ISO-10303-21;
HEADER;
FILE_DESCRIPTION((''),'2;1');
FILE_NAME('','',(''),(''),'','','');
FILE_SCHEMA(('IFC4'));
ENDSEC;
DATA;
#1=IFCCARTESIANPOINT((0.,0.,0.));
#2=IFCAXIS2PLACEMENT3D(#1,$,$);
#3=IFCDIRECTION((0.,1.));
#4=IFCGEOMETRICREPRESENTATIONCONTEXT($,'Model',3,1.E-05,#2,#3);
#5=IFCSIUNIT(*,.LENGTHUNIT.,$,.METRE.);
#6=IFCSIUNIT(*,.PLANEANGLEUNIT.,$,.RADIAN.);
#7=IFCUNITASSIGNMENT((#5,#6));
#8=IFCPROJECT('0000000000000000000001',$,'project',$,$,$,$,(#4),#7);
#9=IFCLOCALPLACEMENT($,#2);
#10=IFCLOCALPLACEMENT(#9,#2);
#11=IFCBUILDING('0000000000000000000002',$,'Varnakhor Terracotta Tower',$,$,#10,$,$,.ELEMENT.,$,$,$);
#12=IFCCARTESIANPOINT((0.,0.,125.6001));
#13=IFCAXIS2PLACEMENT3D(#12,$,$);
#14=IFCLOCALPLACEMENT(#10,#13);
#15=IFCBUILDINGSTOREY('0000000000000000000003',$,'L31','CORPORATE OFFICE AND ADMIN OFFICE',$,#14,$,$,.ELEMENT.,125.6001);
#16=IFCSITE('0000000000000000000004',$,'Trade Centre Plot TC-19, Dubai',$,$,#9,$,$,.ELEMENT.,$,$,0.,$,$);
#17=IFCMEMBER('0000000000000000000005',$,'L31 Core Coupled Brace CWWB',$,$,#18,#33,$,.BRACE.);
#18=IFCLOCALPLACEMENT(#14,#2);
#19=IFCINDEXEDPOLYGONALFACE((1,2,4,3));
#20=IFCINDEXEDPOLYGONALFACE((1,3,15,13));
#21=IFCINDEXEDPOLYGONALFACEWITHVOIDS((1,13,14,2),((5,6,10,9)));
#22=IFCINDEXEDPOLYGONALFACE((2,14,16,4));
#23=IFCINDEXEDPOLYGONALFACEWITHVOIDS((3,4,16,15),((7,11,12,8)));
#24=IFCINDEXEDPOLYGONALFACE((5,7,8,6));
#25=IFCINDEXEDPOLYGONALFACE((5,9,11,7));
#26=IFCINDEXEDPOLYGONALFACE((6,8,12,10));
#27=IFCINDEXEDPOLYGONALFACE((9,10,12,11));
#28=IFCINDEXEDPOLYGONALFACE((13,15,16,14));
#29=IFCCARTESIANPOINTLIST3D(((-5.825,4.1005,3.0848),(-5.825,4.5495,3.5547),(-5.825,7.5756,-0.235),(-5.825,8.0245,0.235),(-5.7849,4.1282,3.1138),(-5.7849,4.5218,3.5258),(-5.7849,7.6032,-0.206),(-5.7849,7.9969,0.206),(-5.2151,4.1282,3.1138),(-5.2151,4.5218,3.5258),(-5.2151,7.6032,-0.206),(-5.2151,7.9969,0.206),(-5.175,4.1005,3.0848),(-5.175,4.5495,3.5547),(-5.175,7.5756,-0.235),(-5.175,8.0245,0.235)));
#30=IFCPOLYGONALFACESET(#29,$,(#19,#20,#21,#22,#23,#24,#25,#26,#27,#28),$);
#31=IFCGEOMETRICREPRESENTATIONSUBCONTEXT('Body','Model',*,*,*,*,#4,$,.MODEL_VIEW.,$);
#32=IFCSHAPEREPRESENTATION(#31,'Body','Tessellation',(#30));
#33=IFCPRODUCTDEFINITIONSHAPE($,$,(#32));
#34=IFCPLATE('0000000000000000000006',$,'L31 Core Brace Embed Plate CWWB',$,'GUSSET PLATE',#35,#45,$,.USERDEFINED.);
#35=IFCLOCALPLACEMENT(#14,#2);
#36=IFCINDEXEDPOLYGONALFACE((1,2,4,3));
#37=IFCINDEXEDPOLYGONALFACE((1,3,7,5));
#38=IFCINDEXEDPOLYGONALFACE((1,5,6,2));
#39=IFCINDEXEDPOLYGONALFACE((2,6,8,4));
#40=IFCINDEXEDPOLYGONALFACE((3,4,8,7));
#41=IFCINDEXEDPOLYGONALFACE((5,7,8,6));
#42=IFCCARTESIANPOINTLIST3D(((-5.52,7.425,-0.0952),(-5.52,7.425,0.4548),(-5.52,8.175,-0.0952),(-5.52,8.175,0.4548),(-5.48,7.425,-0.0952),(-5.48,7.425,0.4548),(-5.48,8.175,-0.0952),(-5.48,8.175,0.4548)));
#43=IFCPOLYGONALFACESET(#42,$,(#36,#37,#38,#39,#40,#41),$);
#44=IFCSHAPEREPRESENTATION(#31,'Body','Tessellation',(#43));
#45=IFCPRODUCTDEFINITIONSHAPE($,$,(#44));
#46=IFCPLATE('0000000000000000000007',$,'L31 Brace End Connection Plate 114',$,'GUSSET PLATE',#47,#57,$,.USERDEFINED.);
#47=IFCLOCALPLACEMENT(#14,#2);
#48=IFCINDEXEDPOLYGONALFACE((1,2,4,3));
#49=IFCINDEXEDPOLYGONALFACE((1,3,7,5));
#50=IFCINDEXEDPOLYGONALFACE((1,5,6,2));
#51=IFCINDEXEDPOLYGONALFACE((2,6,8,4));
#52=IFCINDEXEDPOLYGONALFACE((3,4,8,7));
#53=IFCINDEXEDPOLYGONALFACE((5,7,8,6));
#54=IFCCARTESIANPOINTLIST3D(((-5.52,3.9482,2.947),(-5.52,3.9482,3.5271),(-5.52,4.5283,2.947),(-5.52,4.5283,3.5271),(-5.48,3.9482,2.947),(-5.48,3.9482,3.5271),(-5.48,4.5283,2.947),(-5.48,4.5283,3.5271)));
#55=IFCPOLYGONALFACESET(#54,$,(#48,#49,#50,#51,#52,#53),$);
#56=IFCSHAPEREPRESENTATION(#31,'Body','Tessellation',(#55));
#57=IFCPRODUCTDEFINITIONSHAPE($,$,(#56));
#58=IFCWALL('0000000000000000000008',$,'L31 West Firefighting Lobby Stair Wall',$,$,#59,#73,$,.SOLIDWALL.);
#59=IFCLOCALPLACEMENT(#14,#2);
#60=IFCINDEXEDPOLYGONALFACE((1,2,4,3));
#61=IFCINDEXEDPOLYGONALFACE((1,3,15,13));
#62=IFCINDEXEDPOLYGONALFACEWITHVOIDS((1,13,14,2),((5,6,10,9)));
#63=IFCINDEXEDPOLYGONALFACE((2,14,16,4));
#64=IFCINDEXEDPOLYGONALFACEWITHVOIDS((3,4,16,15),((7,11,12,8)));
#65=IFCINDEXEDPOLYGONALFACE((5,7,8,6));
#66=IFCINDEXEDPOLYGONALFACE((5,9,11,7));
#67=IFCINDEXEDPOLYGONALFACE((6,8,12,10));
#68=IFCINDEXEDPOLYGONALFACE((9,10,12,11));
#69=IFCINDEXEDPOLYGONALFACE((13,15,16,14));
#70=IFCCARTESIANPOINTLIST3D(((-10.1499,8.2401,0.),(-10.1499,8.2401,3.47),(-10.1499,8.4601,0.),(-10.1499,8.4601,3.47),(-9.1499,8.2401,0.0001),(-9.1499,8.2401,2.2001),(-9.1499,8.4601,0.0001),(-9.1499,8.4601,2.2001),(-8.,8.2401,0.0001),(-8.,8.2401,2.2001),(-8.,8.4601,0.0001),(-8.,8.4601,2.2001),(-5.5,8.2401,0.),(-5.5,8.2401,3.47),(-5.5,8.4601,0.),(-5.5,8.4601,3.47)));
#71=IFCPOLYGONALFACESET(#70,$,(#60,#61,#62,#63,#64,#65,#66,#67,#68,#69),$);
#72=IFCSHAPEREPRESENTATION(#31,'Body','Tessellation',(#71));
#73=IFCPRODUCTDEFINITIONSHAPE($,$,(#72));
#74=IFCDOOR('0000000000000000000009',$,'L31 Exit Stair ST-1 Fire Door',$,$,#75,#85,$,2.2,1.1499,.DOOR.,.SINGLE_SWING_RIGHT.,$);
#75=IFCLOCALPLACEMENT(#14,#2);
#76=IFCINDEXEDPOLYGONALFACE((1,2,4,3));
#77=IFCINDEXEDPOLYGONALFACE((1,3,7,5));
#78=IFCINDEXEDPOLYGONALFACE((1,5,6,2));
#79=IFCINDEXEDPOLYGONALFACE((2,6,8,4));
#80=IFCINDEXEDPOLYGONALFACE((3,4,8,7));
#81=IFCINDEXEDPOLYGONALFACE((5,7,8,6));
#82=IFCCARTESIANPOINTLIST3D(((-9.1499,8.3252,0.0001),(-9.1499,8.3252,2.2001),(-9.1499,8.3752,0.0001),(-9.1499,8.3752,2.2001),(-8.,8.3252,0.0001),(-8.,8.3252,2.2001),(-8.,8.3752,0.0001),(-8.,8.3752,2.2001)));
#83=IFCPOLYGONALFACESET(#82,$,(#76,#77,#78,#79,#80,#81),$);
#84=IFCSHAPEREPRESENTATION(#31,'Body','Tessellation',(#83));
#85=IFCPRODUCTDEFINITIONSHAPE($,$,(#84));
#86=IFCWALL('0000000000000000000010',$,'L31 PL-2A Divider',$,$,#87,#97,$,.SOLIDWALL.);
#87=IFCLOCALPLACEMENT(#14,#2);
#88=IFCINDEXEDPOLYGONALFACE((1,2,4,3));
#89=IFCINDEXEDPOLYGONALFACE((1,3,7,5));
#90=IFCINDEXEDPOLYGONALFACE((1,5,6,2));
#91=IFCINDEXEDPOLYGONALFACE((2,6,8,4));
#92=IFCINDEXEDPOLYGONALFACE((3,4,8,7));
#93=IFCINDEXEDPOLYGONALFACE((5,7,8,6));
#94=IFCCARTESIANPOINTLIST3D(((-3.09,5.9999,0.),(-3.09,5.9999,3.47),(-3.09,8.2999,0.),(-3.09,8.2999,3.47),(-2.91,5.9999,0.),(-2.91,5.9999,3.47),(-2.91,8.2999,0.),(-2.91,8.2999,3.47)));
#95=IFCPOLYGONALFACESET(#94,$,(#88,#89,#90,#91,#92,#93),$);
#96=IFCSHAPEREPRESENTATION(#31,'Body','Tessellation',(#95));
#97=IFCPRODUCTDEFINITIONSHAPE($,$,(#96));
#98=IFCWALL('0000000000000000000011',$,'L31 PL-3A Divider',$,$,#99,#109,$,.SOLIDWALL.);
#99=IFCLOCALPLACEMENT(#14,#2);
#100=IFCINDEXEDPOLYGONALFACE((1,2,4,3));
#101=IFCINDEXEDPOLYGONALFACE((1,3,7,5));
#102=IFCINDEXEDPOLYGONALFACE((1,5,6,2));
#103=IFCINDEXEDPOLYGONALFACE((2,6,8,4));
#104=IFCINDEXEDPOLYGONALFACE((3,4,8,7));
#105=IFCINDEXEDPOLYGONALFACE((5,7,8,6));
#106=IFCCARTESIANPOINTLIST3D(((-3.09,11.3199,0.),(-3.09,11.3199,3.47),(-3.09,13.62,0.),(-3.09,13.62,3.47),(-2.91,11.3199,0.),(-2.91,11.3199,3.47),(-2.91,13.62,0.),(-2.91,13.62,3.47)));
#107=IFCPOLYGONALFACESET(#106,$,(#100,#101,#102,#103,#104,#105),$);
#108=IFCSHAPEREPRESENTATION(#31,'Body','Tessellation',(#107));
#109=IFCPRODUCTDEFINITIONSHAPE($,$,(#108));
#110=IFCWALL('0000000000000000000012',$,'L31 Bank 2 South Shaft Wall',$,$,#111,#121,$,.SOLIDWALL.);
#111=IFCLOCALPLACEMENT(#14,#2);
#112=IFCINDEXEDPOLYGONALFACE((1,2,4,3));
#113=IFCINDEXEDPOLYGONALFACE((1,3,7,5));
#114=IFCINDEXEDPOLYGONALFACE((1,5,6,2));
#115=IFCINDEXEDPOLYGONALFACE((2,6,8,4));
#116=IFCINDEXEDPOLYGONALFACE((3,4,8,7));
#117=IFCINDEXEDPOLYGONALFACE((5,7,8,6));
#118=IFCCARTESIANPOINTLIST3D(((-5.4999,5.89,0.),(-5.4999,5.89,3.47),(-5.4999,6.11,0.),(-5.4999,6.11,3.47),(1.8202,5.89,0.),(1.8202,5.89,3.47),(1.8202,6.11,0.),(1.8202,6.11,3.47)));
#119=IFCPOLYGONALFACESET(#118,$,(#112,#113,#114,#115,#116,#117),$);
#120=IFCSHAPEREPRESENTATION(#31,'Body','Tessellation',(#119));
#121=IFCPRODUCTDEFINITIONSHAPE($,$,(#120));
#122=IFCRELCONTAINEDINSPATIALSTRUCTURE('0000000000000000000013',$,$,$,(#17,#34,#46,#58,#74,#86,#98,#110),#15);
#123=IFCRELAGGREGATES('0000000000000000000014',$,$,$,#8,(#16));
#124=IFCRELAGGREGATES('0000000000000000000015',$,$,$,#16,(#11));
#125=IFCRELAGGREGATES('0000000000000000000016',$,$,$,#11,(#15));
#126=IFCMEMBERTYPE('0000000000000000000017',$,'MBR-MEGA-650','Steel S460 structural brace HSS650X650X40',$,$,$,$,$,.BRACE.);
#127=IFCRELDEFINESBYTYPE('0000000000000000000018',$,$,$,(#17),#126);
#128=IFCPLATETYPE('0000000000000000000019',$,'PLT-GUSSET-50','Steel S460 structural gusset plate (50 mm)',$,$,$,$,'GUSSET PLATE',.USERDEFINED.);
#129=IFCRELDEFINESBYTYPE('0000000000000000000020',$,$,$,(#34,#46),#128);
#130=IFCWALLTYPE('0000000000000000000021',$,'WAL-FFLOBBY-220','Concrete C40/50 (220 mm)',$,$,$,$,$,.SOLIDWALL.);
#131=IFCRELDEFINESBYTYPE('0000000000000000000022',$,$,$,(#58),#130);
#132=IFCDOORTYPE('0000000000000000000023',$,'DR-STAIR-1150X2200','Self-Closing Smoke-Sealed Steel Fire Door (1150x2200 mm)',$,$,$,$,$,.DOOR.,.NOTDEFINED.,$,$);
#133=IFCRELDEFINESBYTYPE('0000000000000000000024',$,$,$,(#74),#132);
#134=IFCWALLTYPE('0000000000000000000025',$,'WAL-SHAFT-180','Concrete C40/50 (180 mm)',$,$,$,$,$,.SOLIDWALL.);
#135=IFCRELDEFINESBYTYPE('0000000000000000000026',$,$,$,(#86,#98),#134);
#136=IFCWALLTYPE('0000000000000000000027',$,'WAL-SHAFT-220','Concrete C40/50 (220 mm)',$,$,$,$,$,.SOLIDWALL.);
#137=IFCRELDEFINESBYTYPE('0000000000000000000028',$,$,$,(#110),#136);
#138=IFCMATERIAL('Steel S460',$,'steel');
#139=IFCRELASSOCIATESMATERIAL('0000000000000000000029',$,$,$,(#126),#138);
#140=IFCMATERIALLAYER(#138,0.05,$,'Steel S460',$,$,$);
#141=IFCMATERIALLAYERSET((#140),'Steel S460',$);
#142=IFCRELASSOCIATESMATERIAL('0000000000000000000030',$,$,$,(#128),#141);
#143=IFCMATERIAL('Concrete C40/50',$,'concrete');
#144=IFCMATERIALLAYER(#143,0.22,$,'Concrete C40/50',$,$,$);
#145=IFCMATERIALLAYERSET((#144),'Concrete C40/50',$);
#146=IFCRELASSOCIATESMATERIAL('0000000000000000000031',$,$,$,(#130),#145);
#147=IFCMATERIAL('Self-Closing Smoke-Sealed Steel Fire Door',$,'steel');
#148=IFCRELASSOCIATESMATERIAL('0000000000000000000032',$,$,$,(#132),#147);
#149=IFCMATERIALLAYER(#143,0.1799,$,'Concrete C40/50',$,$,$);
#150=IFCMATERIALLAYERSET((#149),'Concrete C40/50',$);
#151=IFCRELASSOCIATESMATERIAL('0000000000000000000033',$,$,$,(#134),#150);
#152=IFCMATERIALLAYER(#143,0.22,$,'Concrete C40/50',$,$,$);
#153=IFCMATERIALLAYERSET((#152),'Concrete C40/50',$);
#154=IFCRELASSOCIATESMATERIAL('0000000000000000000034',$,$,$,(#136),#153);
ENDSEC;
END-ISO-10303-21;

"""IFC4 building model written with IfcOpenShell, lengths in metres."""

from ifc_helpers import new_model, si_unit, direction, frame, frame_2d, origin, origin_2d, place, context, subcontext, project, spatial, rectangle, hollow_rectangle, extrude, source, transform, mapped, material, layer, layer_set, material_profile, profile_set, type_object, type_shapes, element, fill, save


model = new_model("IFC4")

# Units and contexts
model_context = context("Model", 3, precision=1e-05, world=origin(), true_north=direction((0.0, 1.0)))
body_context = subcontext(model_context, "Body", "Model", "MODEL_VIEW")
ifc_project = project(units=[si_unit("LENGTHUNIT", "METRE"), si_unit("PLANEANGLEUNIT", "RADIAN")], contexts=[model_context])

# Site, building, storey
site_placement = place(None, origin())
site = spatial("IfcSite", under=ifc_project, at=site_placement, Name="Trade Centre Plot TC-19, Dubai", CompositionType="ELEMENT", RefElevation=0.0)
building_placement = place(site_placement, origin())
building = spatial("IfcBuilding", under=site, at=building_placement, Name="Varnakhor Terracotta Tower", CompositionType="ELEMENT")
storey_placement = place(building_placement, frame((0.0, 0.0, 125.6001)))
storey = spatial("IfcBuildingStorey", under=building, at=storey_placement, Name="L31", Description="CORPORATE OFFICE AND ADMIN OFFICE", CompositionType="ELEMENT", Elevation=125.6001)

# Member
ifc_material_1 = material(Name="Steel S460", Category="steel")
ifc_material_profile = material_profile(ifc_material_1, hollow_rectangle(XDim=0.6499, YDim=0.6499, WallThickness=0.04, at=origin_2d()), Name="HSS650X650X40")
ifc_profile_set = profile_set([ifc_material_profile], Name="Steel S460")
member_type = type_object("IfcMemberType", Name="MBR-MEGA-650", Description="Steel S460 structural brace HSS650X650X40", PredefinedType="BRACE", material=ifc_profile_set)
shared_shape_1 = source(origin(), body_context, "Body", "SweptSolid", [
    extrude(hollow_rectangle(XDim=0.6499, YDim=0.6499, WallThickness=0.04, at=origin_2d()), origin(), (0.0, 0.0, 1.0), 4.8059),
])
member_placement = place(storey_placement, frame((-5.5, 7.8, 0.0), z_axis=(0.0, -0.723076, 0.690768), x_axis=(1.0, 0.0, 0.0)))
element("IfcMember", 1, at=member_placement, inside=storey, type_object=member_type, Name="L31 Core Coupled Brace CWWB", PredefinedType="BRACE", context=body_context, shape_type="MappedRepresentation", body=[
    mapped(shared_shape_1, transform((0.0, 0.0, 0.0), scale=1.0)),
])

# Plates
ifc_layer_1 = layer(ifc_material_1, 0.05, Name="Steel S460")
ifc_layer_set_1 = layer_set([ifc_layer_1], Name="Steel S460")
plate_type = type_object("IfcPlateType", Name="PLT-GUSSET-50", Description="Steel S460 structural gusset plate (50 mm)", ElementType="GUSSET PLATE", PredefinedType="USERDEFINED", material=ifc_layer_set_1)
shared_shape_2 = source(origin(), body_context, "Body", "SweptSolid", [
    extrude(rectangle(XDim=0.75, YDim=0.04, at=origin_2d()), origin(), (0.0, 0.0, 1.0), 0.55),
])
type_shapes(plate_type, [shared_shape_2])
plate_1_placement = place(storey_placement, frame((-5.5, 7.8, -0.0952), z_axis=(0.0, 0.0, 1.0), x_axis=(0.0, 1.0, 0.0)))
element("IfcPlate", 2, at=plate_1_placement, inside=storey, type_object=plate_type, Name="L31 Core Brace Embed Plate CWWB", ObjectType="GUSSET PLATE", PredefinedType="USERDEFINED", context=body_context, shape_type="MappedRepresentation", body=[
    mapped(shared_shape_2, transform((0.0, 0.0, 0.0), scale=1.0)),
])
shared_shape_3 = source(origin(), body_context, "Body", "SweptSolid", [
    extrude(rectangle(XDim=0.5801, YDim=0.04, at=origin_2d()), origin(), (0.0, 0.0, 1.0), 0.5801),
])
plate_2_placement = place(storey_placement, frame((-5.5, 4.2383, 2.947), z_axis=(0.0, 0.0, 1.0), x_axis=(0.0, 1.0, 0.0)))
element("IfcPlate", 3, at=plate_2_placement, inside=storey, type_object=plate_type, Name="L31 Brace End Connection Plate 114", ObjectType="GUSSET PLATE", PredefinedType="USERDEFINED", context=body_context, shape_type="MappedRepresentation", body=[
    mapped(shared_shape_3, transform((0.0, 0.0, 0.0), scale=1.0)),
])

# Wall, opening, door
ifc_material_2 = material(Name="Concrete C40/50", Category="concrete")
ifc_layer_2 = layer(ifc_material_2, 0.22, Name="Concrete C40/50")
ifc_layer_set_2 = layer_set([ifc_layer_2], Name="Concrete C40/50")
wall_type_1 = type_object("IfcWallType", Name="WAL-FFLOBBY-220", Description="Concrete C40/50 (220 mm)", PredefinedType="SOLIDWALL", material=ifc_layer_set_2)
wall_1_placement = place(storey_placement, frame((-5.5, 8.3501, 0.0), z_axis=(0.0, 0.0, 1.0), x_axis=(-1.0, 0.0, 0.0)))
wall_1 = element("IfcWall", 4, at=wall_1_placement, inside=storey, type_object=wall_type_1, Name="L31 West Firefighting Lobby Stair Wall", PredefinedType="SOLIDWALL", context=body_context, shape_type="SweptSolid", body=[
    extrude(rectangle(XDim=4.6499, YDim=0.22, at=frame_2d((2.325, 0.0))), origin(), (0.0, 0.0, 1.0), 3.47),
])
opening_1_placement = place(wall_1_placement, frame((2.5, 0.0, 0.0)))
opening_1 = element("IfcOpeningElement", 5, at=opening_1_placement, cuts=wall_1, PredefinedType="OPENING", context=body_context, shape_type="SweptSolid", body=[
    extrude(rectangle(XDim=1.1499, YDim=2.2, at=frame_2d((0.575, 1.1001))), frame((0.0, 0.1201, 0.0), z_axis=(0.0, -1.0, 0.0), x_axis=(1.0, 0.0, 0.0)), (0.0, 0.0, 1.0), 0.24),
])
ifc_material_3 = material(Name="Self-Closing Smoke-Sealed Steel Fire Door", Category="steel")
door_type_1 = type_object("IfcDoorType", Name="DR-STAIR-1150X2200", Description="Self-Closing Smoke-Sealed Steel Fire Door (1150x2200 mm)", OperationType="NOTDEFINED", PredefinedType="DOOR", material=ifc_material_3)
shared_shape_4 = source(origin(), body_context, "Body", "SweptSolid", [
    extrude(rectangle(XDim=1.1499, YDim=2.2, at=frame_2d((0.575, 1.1001))), frame((0.0, 0.0249, 0.0), z_axis=(0.0, -1.0, 0.0), x_axis=(1.0, 0.0, 0.0)), (0.0, 0.0, 1.0), 0.05),
])
type_shapes(door_type_1, [shared_shape_4])
door_1_placement = place(opening_1_placement, origin())
door_1 = element("IfcDoor", 6, at=door_1_placement, inside=storey, type_object=door_type_1, Name="L31 Exit Stair ST-1 Fire Door", OperationType="SINGLE_SWING_RIGHT", OverallHeight=2.2, OverallWidth=1.1499, PredefinedType="DOOR", context=body_context, shape_type="MappedRepresentation", body=[
    mapped(shared_shape_4, transform((0.0, 0.0, 0.0), scale=1.0)),
])
fill(opening_1, door_1)

# Walls
ifc_layer_3 = layer(ifc_material_2, 0.1799, Name="Concrete C40/50")
ifc_layer_set_3 = layer_set([ifc_layer_3], Name="Concrete C40/50")
wall_type_2 = type_object("IfcWallType", Name="WAL-SHAFT-180", Description="Concrete C40/50 (180 mm)", PredefinedType="SOLIDWALL", material=ifc_layer_set_3)
for number, where, z_axis, x_axis, name in (
    (7, (-3.0, 6.0, 0.0), (0.0, 0.0, 1.0), (0.0, 1.0, 0.0), "L31 PL-2A Divider"),
    (8, (-3.0, 11.3201, 0.0), (0.0, 0.0, 1.0), (0.0, 1.0, 0.0), "L31 PL-3A Divider"),
):
    element("IfcWall", number, at=place(storey_placement, frame(where, z_axis=z_axis, x_axis=x_axis)), inside=storey, type_object=wall_type_2, Name=name, PredefinedType="SOLIDWALL", context=body_context, shape_type="SweptSolid", body=[
        extrude(rectangle(XDim=2.3, YDim=0.1799, at=frame_2d((1.1499, 0.0))), origin(), (0.0, 0.0, 1.0), 3.47),
    ])
ifc_layer_4 = layer(ifc_material_2, 0.22, Name="Concrete C40/50")
ifc_layer_set_4 = layer_set([ifc_layer_4], Name="Concrete C40/50")
wall_type_3 = type_object("IfcWallType", Name="WAL-SHAFT-220", Description="Concrete C40/50 (220 mm)", PredefinedType="SOLIDWALL", material=ifc_layer_set_4)
wall_2_placement = place(storey_placement, frame((-5.5, 6.0, 0.0), z_axis=(0.0, 0.0, 1.0), x_axis=(1.0, 0.0, 0.0)))
element("IfcWall", 9, at=wall_2_placement, inside=storey, type_object=wall_type_3, Name="L31 Bank 2 South Shaft Wall", PredefinedType="SOLIDWALL", context=body_context, shape_type="SweptSolid", body=[
    extrude(rectangle(XDim=7.3201, YDim=0.22, at=frame_2d((3.6602, 0.0))), origin(), (0.0, 0.0, 1.0), 3.47),
])

save(model, "model.ifc")
